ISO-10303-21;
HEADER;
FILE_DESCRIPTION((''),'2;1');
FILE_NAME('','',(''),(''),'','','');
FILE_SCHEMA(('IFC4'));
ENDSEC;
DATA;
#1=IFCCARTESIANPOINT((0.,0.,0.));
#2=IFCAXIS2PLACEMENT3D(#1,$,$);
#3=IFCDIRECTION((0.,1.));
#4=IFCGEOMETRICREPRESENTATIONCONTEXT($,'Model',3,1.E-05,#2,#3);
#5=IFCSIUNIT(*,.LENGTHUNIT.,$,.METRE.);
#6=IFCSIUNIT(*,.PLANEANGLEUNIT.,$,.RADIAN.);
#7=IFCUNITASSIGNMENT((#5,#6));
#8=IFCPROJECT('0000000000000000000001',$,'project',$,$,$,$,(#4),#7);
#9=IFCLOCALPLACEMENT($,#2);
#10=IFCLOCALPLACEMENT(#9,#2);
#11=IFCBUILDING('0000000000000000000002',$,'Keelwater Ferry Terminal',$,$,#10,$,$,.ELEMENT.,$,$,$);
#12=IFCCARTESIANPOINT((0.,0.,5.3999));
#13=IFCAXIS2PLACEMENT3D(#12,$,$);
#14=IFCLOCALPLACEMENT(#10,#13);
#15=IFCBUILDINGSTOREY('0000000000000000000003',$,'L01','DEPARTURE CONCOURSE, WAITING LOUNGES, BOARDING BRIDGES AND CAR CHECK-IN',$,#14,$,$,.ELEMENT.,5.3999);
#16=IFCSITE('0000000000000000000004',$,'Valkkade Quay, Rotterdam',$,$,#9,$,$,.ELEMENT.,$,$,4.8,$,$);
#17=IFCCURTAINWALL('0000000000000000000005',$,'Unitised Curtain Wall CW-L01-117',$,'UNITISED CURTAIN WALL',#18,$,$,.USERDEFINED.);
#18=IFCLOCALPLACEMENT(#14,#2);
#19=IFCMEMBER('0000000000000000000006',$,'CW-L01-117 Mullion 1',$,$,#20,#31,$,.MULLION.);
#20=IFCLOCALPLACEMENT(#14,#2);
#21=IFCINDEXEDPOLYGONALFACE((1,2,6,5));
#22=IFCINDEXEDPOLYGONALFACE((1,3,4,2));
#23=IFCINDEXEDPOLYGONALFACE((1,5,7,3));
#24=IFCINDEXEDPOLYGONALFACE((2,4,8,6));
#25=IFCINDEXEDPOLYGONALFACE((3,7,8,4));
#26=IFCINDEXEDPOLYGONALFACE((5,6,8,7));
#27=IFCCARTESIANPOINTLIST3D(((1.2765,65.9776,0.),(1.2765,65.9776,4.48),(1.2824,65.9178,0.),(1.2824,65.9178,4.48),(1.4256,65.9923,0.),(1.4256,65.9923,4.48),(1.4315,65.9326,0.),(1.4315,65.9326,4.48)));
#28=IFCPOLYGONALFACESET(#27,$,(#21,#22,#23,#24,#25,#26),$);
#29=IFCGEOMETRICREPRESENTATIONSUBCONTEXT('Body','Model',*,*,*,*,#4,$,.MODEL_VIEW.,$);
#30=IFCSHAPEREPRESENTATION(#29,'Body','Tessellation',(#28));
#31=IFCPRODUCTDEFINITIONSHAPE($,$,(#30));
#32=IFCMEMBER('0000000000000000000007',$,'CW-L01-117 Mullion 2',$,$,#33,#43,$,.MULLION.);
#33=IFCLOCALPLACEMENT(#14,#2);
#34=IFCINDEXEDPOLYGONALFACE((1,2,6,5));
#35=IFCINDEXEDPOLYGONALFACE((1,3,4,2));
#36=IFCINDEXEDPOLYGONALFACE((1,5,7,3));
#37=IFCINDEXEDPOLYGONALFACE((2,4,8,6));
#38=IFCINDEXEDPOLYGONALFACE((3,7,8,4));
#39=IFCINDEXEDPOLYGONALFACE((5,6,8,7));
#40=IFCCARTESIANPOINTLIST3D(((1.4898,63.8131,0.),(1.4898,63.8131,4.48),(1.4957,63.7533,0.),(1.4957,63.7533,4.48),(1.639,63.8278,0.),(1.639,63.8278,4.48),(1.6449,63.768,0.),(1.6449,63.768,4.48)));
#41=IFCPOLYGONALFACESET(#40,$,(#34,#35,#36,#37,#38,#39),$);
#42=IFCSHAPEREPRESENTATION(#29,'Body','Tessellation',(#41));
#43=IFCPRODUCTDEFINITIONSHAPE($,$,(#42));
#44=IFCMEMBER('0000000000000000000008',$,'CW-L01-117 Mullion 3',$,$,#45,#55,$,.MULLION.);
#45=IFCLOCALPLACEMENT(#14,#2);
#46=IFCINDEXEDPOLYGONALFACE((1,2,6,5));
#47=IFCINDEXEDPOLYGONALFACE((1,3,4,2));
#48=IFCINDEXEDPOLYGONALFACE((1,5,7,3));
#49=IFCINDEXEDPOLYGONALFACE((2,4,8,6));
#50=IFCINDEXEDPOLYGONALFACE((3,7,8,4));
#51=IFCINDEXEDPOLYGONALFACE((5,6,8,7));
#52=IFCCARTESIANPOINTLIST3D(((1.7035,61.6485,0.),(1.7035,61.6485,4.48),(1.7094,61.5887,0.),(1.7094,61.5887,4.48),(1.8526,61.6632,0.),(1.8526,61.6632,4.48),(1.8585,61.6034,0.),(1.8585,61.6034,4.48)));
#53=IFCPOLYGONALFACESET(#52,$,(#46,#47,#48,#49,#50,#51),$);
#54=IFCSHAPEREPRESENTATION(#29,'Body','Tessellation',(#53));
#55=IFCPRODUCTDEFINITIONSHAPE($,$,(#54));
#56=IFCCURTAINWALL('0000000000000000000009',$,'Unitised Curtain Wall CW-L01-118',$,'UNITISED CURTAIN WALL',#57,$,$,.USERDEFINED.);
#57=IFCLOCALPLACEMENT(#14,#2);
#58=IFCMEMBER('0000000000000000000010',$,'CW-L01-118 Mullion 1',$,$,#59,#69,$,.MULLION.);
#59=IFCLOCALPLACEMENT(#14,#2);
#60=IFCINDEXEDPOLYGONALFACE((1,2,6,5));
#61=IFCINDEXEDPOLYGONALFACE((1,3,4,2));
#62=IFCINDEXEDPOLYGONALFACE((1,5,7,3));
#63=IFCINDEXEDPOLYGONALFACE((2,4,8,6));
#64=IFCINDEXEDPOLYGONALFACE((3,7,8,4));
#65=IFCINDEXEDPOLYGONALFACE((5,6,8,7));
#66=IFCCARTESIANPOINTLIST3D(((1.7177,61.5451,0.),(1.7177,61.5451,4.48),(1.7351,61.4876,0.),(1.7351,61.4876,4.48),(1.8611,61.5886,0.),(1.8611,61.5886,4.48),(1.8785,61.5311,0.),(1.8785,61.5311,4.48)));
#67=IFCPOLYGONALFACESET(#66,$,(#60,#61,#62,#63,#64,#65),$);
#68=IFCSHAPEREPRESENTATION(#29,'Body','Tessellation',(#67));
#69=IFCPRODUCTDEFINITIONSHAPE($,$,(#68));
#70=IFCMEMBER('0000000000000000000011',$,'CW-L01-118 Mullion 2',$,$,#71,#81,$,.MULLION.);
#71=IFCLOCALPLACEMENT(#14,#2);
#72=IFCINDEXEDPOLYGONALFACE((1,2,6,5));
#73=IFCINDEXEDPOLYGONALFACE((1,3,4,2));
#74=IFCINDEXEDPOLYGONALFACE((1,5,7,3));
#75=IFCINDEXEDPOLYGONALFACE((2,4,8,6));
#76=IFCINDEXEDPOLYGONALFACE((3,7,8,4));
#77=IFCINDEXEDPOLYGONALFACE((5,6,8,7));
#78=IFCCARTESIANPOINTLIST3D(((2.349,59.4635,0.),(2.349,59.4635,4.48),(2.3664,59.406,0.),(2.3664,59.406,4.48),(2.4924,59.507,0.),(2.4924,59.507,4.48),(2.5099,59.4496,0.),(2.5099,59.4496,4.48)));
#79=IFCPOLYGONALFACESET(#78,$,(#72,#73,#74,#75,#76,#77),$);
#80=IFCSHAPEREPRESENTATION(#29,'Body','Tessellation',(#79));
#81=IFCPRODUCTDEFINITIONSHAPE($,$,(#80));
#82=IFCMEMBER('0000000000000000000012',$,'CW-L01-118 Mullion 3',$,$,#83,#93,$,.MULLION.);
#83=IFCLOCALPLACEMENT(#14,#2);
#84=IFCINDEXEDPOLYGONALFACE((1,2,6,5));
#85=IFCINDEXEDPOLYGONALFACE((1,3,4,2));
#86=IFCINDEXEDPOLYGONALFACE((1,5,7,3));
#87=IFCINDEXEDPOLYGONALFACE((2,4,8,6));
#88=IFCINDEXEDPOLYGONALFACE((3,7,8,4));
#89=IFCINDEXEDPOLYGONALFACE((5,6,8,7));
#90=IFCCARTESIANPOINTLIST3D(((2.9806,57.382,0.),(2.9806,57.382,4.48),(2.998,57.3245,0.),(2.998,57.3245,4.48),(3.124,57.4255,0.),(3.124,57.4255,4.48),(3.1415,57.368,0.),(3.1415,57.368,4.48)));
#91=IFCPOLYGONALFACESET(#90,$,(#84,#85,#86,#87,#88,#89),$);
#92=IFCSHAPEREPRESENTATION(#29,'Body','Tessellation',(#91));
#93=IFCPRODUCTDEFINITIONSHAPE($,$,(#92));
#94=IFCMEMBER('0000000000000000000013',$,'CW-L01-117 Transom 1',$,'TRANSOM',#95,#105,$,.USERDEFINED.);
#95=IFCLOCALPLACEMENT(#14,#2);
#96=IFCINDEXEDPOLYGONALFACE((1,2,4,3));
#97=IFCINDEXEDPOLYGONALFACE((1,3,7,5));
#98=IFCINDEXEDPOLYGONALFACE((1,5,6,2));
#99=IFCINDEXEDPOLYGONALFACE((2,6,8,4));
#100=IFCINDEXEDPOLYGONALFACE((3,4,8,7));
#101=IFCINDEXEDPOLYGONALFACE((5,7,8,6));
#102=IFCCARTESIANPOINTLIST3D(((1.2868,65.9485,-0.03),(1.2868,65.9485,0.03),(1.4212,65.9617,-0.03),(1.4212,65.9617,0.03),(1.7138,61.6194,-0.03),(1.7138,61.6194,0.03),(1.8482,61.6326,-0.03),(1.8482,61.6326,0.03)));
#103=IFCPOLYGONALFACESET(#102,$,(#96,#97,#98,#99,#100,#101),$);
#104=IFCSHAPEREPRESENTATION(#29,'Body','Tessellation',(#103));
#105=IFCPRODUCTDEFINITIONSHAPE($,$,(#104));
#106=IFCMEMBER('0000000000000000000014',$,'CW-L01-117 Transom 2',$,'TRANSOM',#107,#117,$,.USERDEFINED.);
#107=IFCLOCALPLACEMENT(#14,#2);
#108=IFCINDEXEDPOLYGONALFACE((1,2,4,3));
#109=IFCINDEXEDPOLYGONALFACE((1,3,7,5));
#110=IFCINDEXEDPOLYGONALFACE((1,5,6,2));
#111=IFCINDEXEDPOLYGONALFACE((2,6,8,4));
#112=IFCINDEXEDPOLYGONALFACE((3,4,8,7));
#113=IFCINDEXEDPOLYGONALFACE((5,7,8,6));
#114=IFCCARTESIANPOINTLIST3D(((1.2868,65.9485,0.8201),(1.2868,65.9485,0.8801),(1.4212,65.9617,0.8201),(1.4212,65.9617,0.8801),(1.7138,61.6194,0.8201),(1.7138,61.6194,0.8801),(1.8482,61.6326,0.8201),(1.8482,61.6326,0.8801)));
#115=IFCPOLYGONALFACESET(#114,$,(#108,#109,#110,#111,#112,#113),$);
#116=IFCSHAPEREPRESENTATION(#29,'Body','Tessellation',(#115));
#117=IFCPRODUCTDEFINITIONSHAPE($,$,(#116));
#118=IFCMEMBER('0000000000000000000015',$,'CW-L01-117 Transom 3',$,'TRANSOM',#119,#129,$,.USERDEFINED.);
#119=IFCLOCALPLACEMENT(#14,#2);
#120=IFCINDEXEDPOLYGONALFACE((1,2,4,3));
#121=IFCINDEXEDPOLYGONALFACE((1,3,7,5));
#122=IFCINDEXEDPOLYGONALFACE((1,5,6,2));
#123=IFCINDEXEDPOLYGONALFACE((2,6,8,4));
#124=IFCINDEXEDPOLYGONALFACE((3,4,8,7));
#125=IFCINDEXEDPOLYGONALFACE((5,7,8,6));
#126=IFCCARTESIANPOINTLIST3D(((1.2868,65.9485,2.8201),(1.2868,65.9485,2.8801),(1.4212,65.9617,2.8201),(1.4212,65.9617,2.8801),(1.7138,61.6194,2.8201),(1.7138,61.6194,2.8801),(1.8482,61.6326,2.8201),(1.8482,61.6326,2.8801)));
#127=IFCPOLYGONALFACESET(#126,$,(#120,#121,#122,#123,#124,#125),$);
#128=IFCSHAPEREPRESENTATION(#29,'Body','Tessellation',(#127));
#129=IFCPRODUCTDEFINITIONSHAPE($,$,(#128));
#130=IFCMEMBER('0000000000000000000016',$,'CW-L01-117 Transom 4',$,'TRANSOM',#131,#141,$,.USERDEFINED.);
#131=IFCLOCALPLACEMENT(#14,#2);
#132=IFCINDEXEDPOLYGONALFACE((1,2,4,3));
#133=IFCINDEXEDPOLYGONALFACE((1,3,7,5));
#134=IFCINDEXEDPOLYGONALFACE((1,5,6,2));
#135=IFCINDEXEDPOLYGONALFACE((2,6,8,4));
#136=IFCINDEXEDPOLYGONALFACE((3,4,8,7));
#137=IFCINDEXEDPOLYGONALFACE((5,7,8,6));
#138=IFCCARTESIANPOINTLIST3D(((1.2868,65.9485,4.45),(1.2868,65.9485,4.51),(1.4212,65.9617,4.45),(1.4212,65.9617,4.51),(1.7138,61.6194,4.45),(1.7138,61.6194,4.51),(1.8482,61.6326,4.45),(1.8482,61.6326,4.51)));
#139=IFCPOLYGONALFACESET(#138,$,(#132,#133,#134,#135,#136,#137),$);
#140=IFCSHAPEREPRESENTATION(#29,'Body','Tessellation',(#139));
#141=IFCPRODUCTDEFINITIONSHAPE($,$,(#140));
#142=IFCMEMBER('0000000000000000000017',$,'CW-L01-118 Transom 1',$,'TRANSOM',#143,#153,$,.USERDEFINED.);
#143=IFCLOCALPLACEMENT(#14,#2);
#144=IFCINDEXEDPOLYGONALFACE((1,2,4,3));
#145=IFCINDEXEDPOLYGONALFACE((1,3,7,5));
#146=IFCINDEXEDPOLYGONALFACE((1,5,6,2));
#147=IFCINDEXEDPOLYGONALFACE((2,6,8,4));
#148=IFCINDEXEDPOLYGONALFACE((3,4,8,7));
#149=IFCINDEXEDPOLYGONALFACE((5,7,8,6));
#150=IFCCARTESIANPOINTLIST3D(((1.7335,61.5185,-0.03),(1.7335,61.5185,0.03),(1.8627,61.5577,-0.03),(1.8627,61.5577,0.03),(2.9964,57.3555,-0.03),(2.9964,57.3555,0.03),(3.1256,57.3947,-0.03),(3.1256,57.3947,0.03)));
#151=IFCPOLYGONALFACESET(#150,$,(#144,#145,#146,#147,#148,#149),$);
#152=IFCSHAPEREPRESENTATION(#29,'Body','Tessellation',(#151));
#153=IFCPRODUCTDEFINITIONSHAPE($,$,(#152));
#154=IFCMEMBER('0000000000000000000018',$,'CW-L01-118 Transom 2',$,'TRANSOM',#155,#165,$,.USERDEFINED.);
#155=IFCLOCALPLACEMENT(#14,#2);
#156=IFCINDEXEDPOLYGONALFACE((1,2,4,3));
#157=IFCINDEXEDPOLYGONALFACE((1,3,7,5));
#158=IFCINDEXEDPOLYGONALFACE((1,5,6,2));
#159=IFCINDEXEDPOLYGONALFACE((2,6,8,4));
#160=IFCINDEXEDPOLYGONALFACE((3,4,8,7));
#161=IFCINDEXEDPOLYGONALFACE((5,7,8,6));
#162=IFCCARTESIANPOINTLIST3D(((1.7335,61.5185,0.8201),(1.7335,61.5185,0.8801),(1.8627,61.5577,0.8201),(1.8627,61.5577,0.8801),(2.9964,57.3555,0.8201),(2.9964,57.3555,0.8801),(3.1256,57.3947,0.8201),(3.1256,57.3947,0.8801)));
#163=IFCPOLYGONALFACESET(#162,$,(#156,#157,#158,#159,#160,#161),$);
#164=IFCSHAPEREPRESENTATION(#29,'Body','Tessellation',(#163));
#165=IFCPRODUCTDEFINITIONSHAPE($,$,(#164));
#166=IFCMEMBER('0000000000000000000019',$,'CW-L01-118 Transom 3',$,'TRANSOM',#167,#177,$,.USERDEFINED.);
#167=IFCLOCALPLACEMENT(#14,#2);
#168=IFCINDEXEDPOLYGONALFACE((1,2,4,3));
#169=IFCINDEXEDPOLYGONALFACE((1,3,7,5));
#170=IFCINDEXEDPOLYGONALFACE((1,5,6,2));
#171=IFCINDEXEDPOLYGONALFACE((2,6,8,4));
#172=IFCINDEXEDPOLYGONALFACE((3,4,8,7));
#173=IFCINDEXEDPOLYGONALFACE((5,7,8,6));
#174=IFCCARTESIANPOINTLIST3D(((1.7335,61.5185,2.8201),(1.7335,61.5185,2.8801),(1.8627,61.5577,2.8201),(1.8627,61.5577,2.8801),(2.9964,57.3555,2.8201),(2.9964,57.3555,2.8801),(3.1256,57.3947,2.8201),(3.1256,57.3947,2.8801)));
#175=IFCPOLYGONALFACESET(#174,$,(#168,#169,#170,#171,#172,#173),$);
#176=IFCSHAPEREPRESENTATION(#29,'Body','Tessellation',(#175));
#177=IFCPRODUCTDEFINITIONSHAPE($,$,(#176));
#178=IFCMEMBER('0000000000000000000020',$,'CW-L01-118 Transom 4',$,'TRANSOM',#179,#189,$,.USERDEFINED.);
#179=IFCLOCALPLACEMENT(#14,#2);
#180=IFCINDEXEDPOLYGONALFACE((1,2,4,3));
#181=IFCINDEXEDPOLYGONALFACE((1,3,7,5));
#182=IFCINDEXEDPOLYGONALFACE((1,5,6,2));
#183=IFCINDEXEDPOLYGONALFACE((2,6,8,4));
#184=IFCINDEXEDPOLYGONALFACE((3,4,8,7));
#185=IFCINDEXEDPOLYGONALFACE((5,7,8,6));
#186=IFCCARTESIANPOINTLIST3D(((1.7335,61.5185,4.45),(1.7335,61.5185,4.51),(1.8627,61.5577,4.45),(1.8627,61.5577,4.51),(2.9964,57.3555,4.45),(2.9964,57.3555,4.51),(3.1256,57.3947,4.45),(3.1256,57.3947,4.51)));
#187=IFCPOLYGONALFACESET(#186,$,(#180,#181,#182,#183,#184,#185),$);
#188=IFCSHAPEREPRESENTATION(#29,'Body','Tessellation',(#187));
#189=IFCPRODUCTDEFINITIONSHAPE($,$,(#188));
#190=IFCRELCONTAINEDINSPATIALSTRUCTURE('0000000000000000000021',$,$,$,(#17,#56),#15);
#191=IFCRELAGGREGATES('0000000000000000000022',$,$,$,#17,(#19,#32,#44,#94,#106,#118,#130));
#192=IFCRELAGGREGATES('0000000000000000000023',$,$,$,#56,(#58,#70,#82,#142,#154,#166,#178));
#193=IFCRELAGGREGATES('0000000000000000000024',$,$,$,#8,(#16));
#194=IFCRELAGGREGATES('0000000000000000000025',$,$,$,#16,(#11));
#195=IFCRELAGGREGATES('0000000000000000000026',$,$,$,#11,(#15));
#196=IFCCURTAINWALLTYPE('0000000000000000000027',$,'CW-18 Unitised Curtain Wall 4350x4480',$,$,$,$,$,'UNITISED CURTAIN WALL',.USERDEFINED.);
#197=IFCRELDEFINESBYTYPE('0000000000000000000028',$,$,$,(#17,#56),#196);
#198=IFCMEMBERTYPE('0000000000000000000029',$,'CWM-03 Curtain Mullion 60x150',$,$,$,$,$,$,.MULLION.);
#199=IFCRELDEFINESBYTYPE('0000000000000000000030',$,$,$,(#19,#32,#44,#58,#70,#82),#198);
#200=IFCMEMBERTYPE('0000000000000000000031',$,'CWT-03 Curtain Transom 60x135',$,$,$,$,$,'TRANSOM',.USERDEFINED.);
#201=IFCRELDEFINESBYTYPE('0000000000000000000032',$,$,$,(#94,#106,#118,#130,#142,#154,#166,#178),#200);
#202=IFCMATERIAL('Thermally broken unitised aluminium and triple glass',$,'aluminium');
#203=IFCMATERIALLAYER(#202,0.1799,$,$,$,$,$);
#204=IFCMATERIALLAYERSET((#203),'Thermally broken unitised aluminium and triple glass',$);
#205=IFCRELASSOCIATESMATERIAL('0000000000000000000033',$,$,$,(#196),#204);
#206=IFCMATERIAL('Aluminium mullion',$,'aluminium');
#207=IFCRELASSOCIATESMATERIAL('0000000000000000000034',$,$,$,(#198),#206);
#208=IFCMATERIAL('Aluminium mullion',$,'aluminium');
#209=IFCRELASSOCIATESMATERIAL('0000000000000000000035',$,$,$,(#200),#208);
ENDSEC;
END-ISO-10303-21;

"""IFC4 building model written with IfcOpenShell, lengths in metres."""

from ifc_helpers import new_model, si_unit, direction, frame, origin, origin_2d, place, context, subcontext, project, spatial, rectangle, extrude, material, layer, layer_set, material_profile, profile_set, type_object, element, aggregate, save


model = new_model("IFC4")

# Units and contexts
model_context = context("Model", 3, precision=1e-05, world=origin(), true_north=direction((0.0, 1.0)))
body_context = subcontext(model_context, "Body", "Model", "MODEL_VIEW")
ifc_project = project(units=[si_unit("LENGTHUNIT", "METRE"), si_unit("PLANEANGLEUNIT", "RADIAN")], contexts=[model_context])

# Site, building, storey
site_placement = place(None, origin())
site = spatial("IfcSite", under=ifc_project, at=site_placement, Name="Valkkade Quay, Rotterdam", CompositionType="ELEMENT", RefElevation=4.8)
building_placement = place(site_placement, origin())
building = spatial("IfcBuilding", under=site, at=building_placement, Name="Keelwater Ferry Terminal", CompositionType="ELEMENT")
storey_placement = place(building_placement, frame((0.0, 0.0, 5.3999)))
storey = spatial("IfcBuildingStorey", under=building, at=storey_placement, Name="L01", Description="DEPARTURE CONCOURSE, WAITING LOUNGES, BOARDING BRIDGES AND CAR CHECK-IN", CompositionType="ELEMENT", Elevation=5.3999)

# Curtain walls, members
ifc_material_1 = material(Name="Thermally broken unitised aluminium and triple glass", Category="aluminium")
ifc_layer_1 = layer(ifc_material_1, 0.1799)
ifc_layer_set_1 = layer_set([ifc_layer_1], Name="Thermally broken unitised aluminium and triple glass")
curtain_wall_type = type_object("IfcCurtainWallType", Name="CW-18 Unitised Curtain Wall 4350x4480", ElementType="UNITISED CURTAIN WALL", PredefinedType="USERDEFINED", material=ifc_layer_set_1)
curtain_wall_1_placement = place(storey_placement, origin())
curtain_wall_1 = element("IfcCurtainWall", 1, at=curtain_wall_1_placement, inside=storey, type_object=curtain_wall_type, Name="Unitised Curtain Wall CW-L01-117", ObjectType="UNITISED CURTAIN WALL", PredefinedType="USERDEFINED")
ifc_material_2 = material(Name="Aluminium mullion", Category="aluminium")
ifc_material_profile_1 = material_profile(ifc_material_2, rectangle(XDim=0.0601, YDim=0.1499, at=origin_2d()), Name="CWM-03")
ifc_profile_set_1 = profile_set([ifc_material_profile_1], Name="Aluminium mullion")
member_type_1 = type_object("IfcMemberType", Name="CWM-03 Curtain Mullion 60x150", PredefinedType="MULLION", material=ifc_profile_set_1)
member_1_placement = place(storey_placement, frame((1.354, 65.9551, 0.0), z_axis=(0.0, 0.0, 1.0), x_axis=(0.098161, -0.995171, 0.0)))
member_1 = element("IfcMember", 2, at=member_1_placement, type_object=member_type_1, Name="CW-L01-117 Mullion 1", PredefinedType="MULLION", context=body_context, shape_type="SweptSolid", body=[
    extrude(rectangle(XDim=0.0601, YDim=0.1499, at=origin_2d()), origin(), (0.0, 0.0, 1.0), 4.48),
])
member_2_placement = place(storey_placement, frame((1.5674, 63.7905, 0.0), z_axis=(0.0, 0.0, 1.0), x_axis=(0.098161, -0.995171, 0.0)))
member_2 = element("IfcMember", 3, at=member_2_placement, type_object=member_type_1, Name="CW-L01-117 Mullion 2", PredefinedType="MULLION", context=body_context, shape_type="SweptSolid", body=[
    extrude(rectangle(XDim=0.0601, YDim=0.1499, at=origin_2d()), origin(), (0.0, 0.0, 1.0), 4.48),
])
member_3_placement = place(storey_placement, frame((1.781, 61.626, 0.0), z_axis=(0.0, 0.0, 1.0), x_axis=(0.098161, -0.995171, 0.0)))
member_3 = element("IfcMember", 4, at=member_3_placement, type_object=member_type_1, Name="CW-L01-117 Mullion 3", PredefinedType="MULLION", context=body_context, shape_type="SweptSolid", body=[
    extrude(rectangle(XDim=0.0601, YDim=0.1499, at=origin_2d()), origin(), (0.0, 0.0, 1.0), 4.48),
])
curtain_wall_2_placement = place(storey_placement, origin())
curtain_wall_2 = element("IfcCurtainWall", 5, at=curtain_wall_2_placement, inside=storey, type_object=curtain_wall_type, Name="Unitised Curtain Wall CW-L01-118", ObjectType="UNITISED CURTAIN WALL", PredefinedType="USERDEFINED")
member_4_placement = place(storey_placement, frame((1.7981, 61.5381, 0.0), z_axis=(0.0, 0.0, 1.0), x_axis=(0.29032, -0.95693, 0.0)))
member_4 = element("IfcMember", 6, at=member_4_placement, type_object=member_type_1, Name="CW-L01-118 Mullion 1", PredefinedType="MULLION", context=body_context, shape_type="SweptSolid", body=[
    extrude(rectangle(XDim=0.0601, YDim=0.1499, at=origin_2d()), origin(), (0.0, 0.0, 1.0), 4.48),
])
member_5_placement = place(storey_placement, frame((2.4294, 59.4565, 0.0), z_axis=(0.0, 0.0, 1.0), x_axis=(0.29032, -0.95693, 0.0)))
member_5 = element("IfcMember", 7, at=member_5_placement, type_object=member_type_1, Name="CW-L01-118 Mullion 2", PredefinedType="MULLION", context=body_context, shape_type="SweptSolid", body=[
    extrude(rectangle(XDim=0.0601, YDim=0.1499, at=origin_2d()), origin(), (0.0, 0.0, 1.0), 4.48),
])
member_6_placement = place(storey_placement, frame((3.061, 57.375, 0.0), z_axis=(0.0, 0.0, 1.0), x_axis=(0.29032, -0.95693, 0.0)))
member_6 = element("IfcMember", 8, at=member_6_placement, type_object=member_type_1, Name="CW-L01-118 Mullion 3", PredefinedType="MULLION", context=body_context, shape_type="SweptSolid", body=[
    extrude(rectangle(XDim=0.0601, YDim=0.1499, at=origin_2d()), origin(), (0.0, 0.0, 1.0), 4.48),
])

# Members
ifc_material_3 = material(Name="Aluminium mullion", Category="aluminium")
ifc_material_profile_2 = material_profile(ifc_material_3, rectangle(XDim=0.135, YDim=0.0601, at=origin_2d()), Name="CWT-03")
ifc_profile_set_2 = profile_set([ifc_material_profile_2], Name="Aluminium mullion")
member_type_2 = type_object("IfcMemberType", Name="CWT-03 Curtain Transom 60x135", ElementType="TRANSOM", PredefinedType="USERDEFINED", material=ifc_profile_set_2)
member_7_placement = place(storey_placement, frame((1.354, 65.9551, 0.0), z_axis=(0.098159, -0.995171, 0.0), x_axis=(0.995171, 0.098159, 0.0)))
member_7 = element("IfcMember", 9, at=member_7_placement, type_object=member_type_2, Name="CW-L01-117 Transom 1", ObjectType="TRANSOM", PredefinedType="USERDEFINED", context=body_context, shape_type="SweptSolid", body=[
    extrude(rectangle(XDim=0.135, YDim=0.0601, at=origin_2d()), origin(), (0.0, 0.0, 1.0), 4.3501),
])
member_8_placement = place(storey_placement, frame((1.354, 65.9551, 0.8501), z_axis=(0.098159, -0.995171, 0.0), x_axis=(0.995171, 0.098159, 0.0)))
member_8 = element("IfcMember", 10, at=member_8_placement, type_object=member_type_2, Name="CW-L01-117 Transom 2", ObjectType="TRANSOM", PredefinedType="USERDEFINED", context=body_context, shape_type="SweptSolid", body=[
    extrude(rectangle(XDim=0.135, YDim=0.0601, at=origin_2d()), origin(), (0.0, 0.0, 1.0), 4.3501),
])
member_9_placement = place(storey_placement, frame((1.354, 65.9551, 2.8501), z_axis=(0.098159, -0.995171, 0.0), x_axis=(0.995171, 0.098159, 0.0)))
member_9 = element("IfcMember", 11, at=member_9_placement, type_object=member_type_2, Name="CW-L01-117 Transom 3", ObjectType="TRANSOM", PredefinedType="USERDEFINED", context=body_context, shape_type="SweptSolid", body=[
    extrude(rectangle(XDim=0.135, YDim=0.0601, at=origin_2d()), origin(), (0.0, 0.0, 1.0), 4.3501),
])
member_10_placement = place(storey_placement, frame((1.354, 65.9551, 4.48), z_axis=(0.098159, -0.995171, 0.0), x_axis=(0.995171, 0.098159, 0.0)))
member_10 = element("IfcMember", 12, at=member_10_placement, type_object=member_type_2, Name="CW-L01-117 Transom 4", ObjectType="TRANSOM", PredefinedType="USERDEFINED", context=body_context, shape_type="SweptSolid", body=[
    extrude(rectangle(XDim=0.135, YDim=0.0601, at=origin_2d()), origin(), (0.0, 0.0, 1.0), 4.3501),
])
member_11_placement = place(storey_placement, frame((1.7981, 61.5381, 0.0), z_axis=(0.290302, -0.956935, 0.0), x_axis=(0.956935, 0.290302, 0.0)))
member_11 = element("IfcMember", 13, at=member_11_placement, type_object=member_type_2, Name="CW-L01-118 Transom 1", ObjectType="TRANSOM", PredefinedType="USERDEFINED", context=body_context, shape_type="SweptSolid", body=[
    extrude(rectangle(XDim=0.135, YDim=0.0601, at=origin_2d()), origin(), (0.0, 0.0, 1.0), 4.3503),
])
member_12_placement = place(storey_placement, frame((1.7981, 61.5381, 0.8501), z_axis=(0.290302, -0.956935, 0.0), x_axis=(0.956935, 0.290302, 0.0)))
member_12 = element("IfcMember", 14, at=member_12_placement, type_object=member_type_2, Name="CW-L01-118 Transom 2", ObjectType="TRANSOM", PredefinedType="USERDEFINED", context=body_context, shape_type="SweptSolid", body=[
    extrude(rectangle(XDim=0.135, YDim=0.0601, at=origin_2d()), origin(), (0.0, 0.0, 1.0), 4.3503),
])
member_13_placement = place(storey_placement, frame((1.7981, 61.5381, 2.8501), z_axis=(0.290302, -0.956935, 0.0), x_axis=(0.956935, 0.290302, 0.0)))
member_13 = element("IfcMember", 15, at=member_13_placement, type_object=member_type_2, Name="CW-L01-118 Transom 3", ObjectType="TRANSOM", PredefinedType="USERDEFINED", context=body_context, shape_type="SweptSolid", body=[
    extrude(rectangle(XDim=0.135, YDim=0.0601, at=origin_2d()), origin(), (0.0, 0.0, 1.0), 4.3503),
])
member_14_placement = place(storey_placement, frame((1.7981, 61.5381, 4.48), z_axis=(0.290302, -0.956935, 0.0), x_axis=(0.956935, 0.290302, 0.0)))
member_14 = element("IfcMember", 16, at=member_14_placement, type_object=member_type_2, Name="CW-L01-118 Transom 4", ObjectType="TRANSOM", PredefinedType="USERDEFINED", context=body_context, shape_type="SweptSolid", body=[
    extrude(rectangle(XDim=0.135, YDim=0.0601, at=origin_2d()), origin(), (0.0, 0.0, 1.0), 4.3503),
])

aggregate(curtain_wall_1, [member_1, member_2, member_3, member_7, member_8, member_9, member_10])
aggregate(curtain_wall_2, [member_4, member_5, member_6, member_11, member_12, member_13, member_14])

save(model, "model.ifc")
